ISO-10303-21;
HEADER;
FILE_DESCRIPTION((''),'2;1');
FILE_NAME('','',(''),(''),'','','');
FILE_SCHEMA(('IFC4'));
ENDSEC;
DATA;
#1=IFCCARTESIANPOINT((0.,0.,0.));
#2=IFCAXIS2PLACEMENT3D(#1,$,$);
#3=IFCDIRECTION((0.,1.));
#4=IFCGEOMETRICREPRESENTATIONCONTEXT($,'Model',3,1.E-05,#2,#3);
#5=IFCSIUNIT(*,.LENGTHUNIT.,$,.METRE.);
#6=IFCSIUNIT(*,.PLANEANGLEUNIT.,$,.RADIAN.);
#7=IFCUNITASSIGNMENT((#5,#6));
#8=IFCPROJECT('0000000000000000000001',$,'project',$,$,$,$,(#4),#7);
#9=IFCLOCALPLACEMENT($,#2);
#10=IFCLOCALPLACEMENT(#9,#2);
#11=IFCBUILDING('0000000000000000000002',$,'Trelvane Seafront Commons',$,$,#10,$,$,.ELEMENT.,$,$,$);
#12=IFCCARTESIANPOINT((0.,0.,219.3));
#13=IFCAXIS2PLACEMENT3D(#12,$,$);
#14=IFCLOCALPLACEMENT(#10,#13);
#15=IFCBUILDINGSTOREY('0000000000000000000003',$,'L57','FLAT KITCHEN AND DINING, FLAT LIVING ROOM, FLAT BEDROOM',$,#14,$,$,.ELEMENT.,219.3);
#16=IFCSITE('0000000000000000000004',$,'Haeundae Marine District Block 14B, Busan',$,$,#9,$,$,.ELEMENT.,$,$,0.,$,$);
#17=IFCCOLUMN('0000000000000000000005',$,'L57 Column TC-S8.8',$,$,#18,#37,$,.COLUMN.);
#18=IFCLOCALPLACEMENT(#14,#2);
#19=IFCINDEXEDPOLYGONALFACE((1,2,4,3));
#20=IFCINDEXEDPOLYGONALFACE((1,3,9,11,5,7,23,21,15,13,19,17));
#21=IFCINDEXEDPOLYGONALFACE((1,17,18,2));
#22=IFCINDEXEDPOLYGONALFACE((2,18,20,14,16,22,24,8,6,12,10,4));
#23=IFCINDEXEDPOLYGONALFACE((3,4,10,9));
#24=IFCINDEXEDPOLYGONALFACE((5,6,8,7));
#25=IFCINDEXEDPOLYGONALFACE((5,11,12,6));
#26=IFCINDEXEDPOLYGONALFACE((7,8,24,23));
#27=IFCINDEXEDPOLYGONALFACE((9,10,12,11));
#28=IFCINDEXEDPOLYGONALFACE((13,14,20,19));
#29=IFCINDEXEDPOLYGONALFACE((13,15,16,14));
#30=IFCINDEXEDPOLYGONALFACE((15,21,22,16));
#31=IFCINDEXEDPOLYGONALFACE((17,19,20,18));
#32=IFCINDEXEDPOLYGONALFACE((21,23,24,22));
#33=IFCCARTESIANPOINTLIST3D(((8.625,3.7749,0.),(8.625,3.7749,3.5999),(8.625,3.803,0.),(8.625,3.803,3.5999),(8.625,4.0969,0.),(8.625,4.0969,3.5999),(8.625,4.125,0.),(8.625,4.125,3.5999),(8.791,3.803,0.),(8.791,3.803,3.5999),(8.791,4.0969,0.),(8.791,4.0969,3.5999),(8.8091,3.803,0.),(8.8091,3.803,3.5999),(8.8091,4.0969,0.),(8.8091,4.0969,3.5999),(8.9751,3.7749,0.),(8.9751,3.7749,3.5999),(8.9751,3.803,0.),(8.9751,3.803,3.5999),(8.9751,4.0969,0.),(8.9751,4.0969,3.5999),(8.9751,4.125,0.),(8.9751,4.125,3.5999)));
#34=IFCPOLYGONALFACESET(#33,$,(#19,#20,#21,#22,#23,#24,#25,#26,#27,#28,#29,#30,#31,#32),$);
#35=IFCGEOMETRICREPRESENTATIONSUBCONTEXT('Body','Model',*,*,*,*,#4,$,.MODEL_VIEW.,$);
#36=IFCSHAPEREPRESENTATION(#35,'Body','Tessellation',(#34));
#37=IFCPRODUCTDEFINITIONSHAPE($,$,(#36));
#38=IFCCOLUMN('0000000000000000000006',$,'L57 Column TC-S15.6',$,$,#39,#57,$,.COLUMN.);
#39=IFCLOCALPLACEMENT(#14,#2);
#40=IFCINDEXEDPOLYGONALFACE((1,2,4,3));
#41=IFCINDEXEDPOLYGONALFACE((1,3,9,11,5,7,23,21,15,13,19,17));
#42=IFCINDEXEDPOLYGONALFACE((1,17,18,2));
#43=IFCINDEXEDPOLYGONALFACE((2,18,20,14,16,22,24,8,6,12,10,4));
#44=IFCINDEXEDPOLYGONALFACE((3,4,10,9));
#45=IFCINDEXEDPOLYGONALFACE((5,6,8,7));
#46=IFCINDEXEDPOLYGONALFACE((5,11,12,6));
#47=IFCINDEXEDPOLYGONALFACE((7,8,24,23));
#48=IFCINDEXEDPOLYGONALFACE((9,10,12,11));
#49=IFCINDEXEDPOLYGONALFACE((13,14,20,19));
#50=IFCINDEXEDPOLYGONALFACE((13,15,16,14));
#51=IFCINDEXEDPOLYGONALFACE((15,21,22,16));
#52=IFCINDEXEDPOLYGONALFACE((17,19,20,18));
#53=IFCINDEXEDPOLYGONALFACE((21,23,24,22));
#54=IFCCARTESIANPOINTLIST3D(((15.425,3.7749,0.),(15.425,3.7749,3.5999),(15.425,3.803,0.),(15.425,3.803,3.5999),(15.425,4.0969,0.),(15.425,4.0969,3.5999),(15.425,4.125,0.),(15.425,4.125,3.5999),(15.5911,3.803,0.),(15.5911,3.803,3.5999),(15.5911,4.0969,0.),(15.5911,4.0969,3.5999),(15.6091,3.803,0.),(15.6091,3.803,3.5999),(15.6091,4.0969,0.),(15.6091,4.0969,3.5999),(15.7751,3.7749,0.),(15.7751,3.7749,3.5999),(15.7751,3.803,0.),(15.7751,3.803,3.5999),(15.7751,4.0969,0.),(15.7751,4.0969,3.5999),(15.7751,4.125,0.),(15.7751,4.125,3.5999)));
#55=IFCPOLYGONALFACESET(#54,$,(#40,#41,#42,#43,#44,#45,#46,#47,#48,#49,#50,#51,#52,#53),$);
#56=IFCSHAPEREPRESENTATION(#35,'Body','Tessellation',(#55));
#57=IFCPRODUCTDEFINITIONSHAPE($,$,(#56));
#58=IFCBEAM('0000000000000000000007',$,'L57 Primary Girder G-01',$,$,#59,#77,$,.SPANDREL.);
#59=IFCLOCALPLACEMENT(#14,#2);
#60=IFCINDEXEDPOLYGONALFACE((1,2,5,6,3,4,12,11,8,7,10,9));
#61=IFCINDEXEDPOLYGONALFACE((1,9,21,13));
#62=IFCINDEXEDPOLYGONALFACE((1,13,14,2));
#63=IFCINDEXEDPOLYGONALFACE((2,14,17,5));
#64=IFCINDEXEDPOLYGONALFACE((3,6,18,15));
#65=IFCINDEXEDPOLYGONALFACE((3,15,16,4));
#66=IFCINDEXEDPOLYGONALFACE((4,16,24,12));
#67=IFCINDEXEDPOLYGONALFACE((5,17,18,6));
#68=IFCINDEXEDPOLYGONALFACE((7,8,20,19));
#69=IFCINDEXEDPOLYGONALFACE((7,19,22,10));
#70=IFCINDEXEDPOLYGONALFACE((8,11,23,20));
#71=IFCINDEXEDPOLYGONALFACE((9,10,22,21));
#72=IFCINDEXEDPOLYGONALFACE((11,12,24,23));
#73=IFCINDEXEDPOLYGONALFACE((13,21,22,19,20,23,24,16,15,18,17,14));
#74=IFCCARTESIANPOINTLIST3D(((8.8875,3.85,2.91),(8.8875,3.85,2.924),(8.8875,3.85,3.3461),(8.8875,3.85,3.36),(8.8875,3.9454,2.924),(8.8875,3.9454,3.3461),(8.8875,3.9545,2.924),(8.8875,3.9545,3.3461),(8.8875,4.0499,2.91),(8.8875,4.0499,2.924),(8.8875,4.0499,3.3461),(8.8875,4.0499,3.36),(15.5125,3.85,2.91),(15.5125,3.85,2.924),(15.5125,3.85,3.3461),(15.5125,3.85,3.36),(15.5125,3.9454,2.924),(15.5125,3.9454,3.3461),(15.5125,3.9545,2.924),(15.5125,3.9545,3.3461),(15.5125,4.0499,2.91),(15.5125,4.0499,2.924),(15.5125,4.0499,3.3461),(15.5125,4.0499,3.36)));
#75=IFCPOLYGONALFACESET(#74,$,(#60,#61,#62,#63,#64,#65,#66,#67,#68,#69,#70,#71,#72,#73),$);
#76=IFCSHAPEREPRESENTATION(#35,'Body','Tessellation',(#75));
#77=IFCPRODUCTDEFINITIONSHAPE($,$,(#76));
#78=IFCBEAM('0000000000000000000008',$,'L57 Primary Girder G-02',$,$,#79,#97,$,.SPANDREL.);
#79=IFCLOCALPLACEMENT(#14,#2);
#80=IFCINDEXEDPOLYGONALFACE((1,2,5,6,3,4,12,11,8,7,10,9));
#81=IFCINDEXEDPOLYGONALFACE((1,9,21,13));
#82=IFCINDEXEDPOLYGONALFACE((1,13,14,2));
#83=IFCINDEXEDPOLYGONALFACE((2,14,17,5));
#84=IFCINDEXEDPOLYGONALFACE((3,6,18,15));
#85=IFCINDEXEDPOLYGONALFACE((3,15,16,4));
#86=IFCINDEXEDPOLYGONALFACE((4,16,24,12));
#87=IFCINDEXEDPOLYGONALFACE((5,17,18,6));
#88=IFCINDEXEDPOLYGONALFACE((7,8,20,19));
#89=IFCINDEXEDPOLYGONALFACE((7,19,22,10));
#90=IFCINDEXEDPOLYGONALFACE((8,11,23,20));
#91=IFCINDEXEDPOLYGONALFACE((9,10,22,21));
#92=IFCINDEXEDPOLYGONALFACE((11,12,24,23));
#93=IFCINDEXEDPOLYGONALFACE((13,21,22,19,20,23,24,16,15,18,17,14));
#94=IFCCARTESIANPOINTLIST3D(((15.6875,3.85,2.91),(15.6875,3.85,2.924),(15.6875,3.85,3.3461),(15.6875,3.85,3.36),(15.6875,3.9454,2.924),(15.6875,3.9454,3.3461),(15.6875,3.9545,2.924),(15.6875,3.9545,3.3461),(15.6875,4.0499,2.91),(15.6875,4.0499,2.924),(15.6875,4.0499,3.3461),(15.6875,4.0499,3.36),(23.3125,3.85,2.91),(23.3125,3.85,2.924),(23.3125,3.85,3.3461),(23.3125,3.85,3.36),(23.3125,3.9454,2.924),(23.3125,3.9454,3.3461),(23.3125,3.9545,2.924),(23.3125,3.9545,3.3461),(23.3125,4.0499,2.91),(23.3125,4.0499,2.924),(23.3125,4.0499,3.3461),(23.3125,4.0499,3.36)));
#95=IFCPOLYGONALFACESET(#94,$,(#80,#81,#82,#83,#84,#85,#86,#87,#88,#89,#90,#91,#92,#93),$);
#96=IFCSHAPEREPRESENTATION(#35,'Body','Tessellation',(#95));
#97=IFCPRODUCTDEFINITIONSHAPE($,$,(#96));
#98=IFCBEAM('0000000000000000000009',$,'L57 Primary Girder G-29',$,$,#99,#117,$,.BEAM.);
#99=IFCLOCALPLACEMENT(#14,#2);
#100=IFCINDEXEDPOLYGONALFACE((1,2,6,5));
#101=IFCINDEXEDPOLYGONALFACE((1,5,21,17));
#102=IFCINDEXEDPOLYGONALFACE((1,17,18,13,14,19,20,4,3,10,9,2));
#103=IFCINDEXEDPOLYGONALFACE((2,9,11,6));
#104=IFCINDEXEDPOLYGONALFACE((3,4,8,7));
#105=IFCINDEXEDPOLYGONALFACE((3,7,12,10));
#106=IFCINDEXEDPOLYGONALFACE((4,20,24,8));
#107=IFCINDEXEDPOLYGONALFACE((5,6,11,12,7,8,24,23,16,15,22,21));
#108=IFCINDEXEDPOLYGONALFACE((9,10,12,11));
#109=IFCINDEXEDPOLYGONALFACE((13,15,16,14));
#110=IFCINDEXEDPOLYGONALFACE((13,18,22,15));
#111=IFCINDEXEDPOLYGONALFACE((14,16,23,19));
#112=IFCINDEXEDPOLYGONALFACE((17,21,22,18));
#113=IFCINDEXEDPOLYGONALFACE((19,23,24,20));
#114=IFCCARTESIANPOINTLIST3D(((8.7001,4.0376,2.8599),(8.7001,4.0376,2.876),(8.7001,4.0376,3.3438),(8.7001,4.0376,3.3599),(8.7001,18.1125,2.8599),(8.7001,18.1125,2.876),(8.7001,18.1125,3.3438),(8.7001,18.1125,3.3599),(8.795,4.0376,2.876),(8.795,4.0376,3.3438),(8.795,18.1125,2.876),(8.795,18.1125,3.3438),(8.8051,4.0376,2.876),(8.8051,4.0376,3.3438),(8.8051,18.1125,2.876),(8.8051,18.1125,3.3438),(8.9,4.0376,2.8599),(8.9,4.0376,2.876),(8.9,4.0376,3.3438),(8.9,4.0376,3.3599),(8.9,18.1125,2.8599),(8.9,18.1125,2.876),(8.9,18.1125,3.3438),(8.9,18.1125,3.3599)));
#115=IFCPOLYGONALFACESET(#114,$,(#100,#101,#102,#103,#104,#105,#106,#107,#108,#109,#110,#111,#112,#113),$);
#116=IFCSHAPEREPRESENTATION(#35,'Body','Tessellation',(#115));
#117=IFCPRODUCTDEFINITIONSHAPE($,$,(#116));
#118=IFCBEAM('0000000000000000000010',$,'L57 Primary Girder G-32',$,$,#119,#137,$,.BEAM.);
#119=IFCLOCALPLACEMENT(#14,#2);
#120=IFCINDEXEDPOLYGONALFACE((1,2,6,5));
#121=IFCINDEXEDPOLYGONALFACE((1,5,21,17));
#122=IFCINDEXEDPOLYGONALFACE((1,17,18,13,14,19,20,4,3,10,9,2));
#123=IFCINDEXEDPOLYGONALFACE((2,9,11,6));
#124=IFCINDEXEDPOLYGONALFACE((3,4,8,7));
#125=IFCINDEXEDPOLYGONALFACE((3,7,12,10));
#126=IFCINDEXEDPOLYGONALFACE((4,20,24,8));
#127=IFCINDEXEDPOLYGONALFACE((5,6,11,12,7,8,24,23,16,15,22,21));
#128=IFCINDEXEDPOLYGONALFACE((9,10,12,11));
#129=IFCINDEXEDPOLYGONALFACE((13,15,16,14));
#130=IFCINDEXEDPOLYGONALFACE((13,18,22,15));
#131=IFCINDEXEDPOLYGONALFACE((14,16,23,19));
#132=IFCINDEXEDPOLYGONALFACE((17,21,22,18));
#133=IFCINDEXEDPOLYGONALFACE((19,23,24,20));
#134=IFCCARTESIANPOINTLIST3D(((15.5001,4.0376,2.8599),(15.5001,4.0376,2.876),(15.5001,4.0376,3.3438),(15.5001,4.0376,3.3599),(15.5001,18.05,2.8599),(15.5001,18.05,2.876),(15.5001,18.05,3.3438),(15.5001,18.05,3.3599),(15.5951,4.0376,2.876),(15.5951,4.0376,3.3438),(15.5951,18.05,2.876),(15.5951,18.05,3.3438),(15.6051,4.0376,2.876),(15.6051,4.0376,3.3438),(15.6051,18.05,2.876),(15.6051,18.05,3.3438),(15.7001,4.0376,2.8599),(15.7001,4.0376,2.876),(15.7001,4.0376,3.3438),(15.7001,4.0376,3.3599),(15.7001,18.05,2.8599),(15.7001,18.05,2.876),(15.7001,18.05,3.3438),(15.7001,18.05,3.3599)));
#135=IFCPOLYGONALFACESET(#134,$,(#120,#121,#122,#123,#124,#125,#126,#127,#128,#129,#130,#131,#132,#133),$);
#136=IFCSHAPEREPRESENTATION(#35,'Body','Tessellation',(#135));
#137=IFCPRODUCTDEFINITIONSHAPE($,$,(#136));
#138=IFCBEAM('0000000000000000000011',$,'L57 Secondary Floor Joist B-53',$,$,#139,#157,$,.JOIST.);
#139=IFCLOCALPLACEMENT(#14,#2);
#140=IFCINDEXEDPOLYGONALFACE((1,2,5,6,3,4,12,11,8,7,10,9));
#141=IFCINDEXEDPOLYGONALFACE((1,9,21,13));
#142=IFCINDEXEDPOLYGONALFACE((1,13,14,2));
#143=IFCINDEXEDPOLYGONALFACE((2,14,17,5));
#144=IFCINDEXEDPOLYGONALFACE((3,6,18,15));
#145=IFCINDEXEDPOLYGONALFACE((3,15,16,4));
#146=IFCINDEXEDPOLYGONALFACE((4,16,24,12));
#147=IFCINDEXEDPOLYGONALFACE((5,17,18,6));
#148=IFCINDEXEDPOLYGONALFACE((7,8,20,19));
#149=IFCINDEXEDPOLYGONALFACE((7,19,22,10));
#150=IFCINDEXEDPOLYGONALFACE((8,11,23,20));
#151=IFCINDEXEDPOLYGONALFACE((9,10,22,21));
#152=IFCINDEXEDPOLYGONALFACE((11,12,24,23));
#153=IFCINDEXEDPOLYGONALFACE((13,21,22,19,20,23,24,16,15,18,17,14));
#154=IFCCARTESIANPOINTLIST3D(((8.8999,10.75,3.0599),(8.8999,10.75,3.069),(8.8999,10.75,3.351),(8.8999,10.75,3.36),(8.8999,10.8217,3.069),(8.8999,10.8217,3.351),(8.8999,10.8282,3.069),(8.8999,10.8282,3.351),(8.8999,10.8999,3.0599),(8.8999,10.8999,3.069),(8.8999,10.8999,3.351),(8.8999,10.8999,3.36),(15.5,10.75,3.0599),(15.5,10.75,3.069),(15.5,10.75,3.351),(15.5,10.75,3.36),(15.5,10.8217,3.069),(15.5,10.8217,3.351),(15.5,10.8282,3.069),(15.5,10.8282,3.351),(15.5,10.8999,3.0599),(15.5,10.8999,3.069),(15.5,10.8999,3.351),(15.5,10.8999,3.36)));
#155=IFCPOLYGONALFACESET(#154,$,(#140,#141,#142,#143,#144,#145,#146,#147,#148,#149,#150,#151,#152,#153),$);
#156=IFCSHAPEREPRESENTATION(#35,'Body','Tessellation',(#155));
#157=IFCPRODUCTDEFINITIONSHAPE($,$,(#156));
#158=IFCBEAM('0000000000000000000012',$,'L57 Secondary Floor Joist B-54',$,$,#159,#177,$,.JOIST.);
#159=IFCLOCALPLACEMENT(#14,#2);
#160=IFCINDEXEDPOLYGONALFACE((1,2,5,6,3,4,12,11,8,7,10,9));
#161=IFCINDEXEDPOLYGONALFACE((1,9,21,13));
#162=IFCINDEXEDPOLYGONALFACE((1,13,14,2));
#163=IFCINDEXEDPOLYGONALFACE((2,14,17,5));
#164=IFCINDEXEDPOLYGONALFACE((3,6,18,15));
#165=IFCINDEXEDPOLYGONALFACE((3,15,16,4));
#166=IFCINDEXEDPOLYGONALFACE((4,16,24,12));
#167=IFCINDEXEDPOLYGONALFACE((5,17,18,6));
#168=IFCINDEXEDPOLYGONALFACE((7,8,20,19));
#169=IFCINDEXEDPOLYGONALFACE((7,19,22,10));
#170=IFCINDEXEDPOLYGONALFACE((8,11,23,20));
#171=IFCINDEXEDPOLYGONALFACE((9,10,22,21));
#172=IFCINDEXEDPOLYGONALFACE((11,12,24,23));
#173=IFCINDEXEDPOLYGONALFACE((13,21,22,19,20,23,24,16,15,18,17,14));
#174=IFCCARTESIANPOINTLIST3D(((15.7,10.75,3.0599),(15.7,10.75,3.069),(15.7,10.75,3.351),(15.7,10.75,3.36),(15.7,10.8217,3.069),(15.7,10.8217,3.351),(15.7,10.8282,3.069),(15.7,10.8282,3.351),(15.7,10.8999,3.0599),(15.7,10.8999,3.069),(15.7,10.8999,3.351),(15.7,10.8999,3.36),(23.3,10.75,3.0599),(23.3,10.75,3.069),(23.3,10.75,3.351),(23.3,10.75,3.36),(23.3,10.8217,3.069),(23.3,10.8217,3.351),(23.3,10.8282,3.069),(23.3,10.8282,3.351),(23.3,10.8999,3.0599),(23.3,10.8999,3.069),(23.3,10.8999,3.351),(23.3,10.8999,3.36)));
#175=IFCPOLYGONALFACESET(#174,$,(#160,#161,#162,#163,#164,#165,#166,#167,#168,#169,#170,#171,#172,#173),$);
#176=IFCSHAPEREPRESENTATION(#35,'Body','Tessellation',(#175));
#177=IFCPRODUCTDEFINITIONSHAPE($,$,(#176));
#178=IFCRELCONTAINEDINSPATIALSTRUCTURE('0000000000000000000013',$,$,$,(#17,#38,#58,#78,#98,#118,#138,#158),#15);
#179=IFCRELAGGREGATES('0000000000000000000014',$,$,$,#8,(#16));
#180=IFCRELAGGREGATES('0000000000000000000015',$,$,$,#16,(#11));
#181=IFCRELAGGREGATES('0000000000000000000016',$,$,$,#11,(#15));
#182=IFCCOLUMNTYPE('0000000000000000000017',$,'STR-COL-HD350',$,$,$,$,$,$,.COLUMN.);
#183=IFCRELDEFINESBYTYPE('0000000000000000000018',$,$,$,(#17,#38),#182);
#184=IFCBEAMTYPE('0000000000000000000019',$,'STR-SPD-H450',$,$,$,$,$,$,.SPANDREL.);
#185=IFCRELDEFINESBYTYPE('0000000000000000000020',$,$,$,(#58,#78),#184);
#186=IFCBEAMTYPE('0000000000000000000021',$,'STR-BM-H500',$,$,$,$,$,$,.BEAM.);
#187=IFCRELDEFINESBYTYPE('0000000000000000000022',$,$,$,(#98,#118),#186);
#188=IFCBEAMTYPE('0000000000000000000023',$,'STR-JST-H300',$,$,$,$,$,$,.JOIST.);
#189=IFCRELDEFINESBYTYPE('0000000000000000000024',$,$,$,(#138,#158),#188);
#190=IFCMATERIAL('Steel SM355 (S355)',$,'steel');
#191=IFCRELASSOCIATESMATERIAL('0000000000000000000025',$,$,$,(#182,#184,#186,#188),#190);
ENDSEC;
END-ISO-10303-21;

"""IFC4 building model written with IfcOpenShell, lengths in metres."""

from ifc_helpers import new_model, si_unit, direction, frame, origin, origin_2d, place, context, subcontext, project, spatial, i_section, extrude, source, transform, mapped, material, material_profile, profile_set, type_object, element, save


model = new_model("IFC4")

# Units and contexts
model_context = context("Model", 3, precision=1e-05, world=origin(), true_north=direction((0.0, 1.0)))
body_context = subcontext(model_context, "Body", "Model", "MODEL_VIEW")
ifc_project = project(units=[si_unit("LENGTHUNIT", "METRE"), si_unit("PLANEANGLEUNIT", "RADIAN")], contexts=[model_context])

# Site, building, storey
site_placement = place(None, origin())
site = spatial("IfcSite", under=ifc_project, at=site_placement, Name="Haeundae Marine District Block 14B, Busan", CompositionType="ELEMENT", RefElevation=0.0)
building_placement = place(site_placement, origin())
building = spatial("IfcBuilding", under=site, at=building_placement, Name="Trelvane Seafront Commons", CompositionType="ELEMENT")
storey_placement = place(building_placement, frame((0.0, 0.0, 219.3)))
storey = spatial("IfcBuildingStorey", under=building, at=storey_placement, Name="L57", Description="FLAT KITCHEN AND DINING, FLAT LIVING ROOM, FLAT BEDROOM", CompositionType="ELEMENT", Elevation=219.3)

# Columns
ifc_material_1 = material(Name="Steel SM355 (S355)", Category="steel")
ifc_material_profile_1 = material_profile(ifc_material_1, i_section(OverallWidth=0.3501, OverallDepth=0.3501, WebThickness=0.0181, FlangeThickness=0.0281, at=origin_2d()), Name="HD-350x350x18x28")
ifc_profile_set_1 = profile_set([ifc_material_profile_1], Name="Steel SM355 (S355)")
column_type = type_object("IfcColumnType", Name="STR-COL-HD350", PredefinedType="COLUMN", material=ifc_profile_set_1)
shared_shape_1 = source(origin(), body_context, "Body", "SweptSolid", [
    extrude(i_section(OverallWidth=0.3501, OverallDepth=0.3501, WebThickness=0.0181, FlangeThickness=0.0281, at=origin_2d()), origin(), (0.0, 0.0, 1.0), 3.5999),
])
for number, where, z_axis, x_axis, name in (
    (1, (8.8, 3.95, 0.0), (0.0, 0.0, 1.0), (1.0, 0.0, 0.0), "L57 Column TC-S8.8"),
    (2, (15.6001, 3.95, 0.0), (0.0, 0.0, 1.0), (1.0, 0.0, 0.0), "L57 Column TC-S15.6"),
):
    element("IfcColumn", number, at=place(storey_placement, frame(where, z_axis=z_axis, x_axis=x_axis)), inside=storey, type_object=column_type, Name=name, PredefinedType="COLUMN", context=body_context, shape_type="MappedRepresentation", body=[
        mapped(shared_shape_1, transform((0.0, 0.0, 0.0), x_axis=(1.0, 0.0, 0.0), y_axis=(0.0, 1.0, 0.0), z_axis=(0.0, 0.0, 1.0), scale=1.0)),
    ])

# Beams
ifc_material_profile_2 = material_profile(ifc_material_1, i_section(OverallWidth=0.2, OverallDepth=0.45, WebThickness=0.009, FlangeThickness=0.0139, at=origin_2d()), Name="H-450x200x9x14")
ifc_profile_set_2 = profile_set([ifc_material_profile_2], Name="Steel SM355 (S355)")
beam_type_1 = type_object("IfcBeamType", Name="STR-SPD-H450", PredefinedType="SPANDREL", material=ifc_profile_set_2)
shared_shape_2 = source(origin(), body_context, "Body", "SweptSolid", [
    extrude(i_section(OverallWidth=0.2, OverallDepth=0.45, WebThickness=0.009, FlangeThickness=0.0139, at=origin_2d()), origin(), (0.0, 0.0, 1.0), 6.625),
])
beam_1_placement = place(storey_placement, frame((8.8875, 3.95, 3.135), z_axis=(1.0, 0.0, 0.0), x_axis=(0.0, 1.0, 0.0)))
element("IfcBeam", 3, at=beam_1_placement, inside=storey, type_object=beam_type_1, Name="L57 Primary Girder G-01", PredefinedType="SPANDREL", context=body_context, shape_type="MappedRepresentation", body=[
    mapped(shared_shape_2, transform((0.0, 0.0, 0.0), x_axis=(1.0, 0.0, 0.0), y_axis=(0.0, 1.0, 0.0), z_axis=(0.0, 0.0, 1.0), scale=1.0)),
])
shared_shape_3 = source(origin(), body_context, "Body", "SweptSolid", [
    extrude(i_section(OverallWidth=0.2, OverallDepth=0.45, WebThickness=0.009, FlangeThickness=0.0139, at=origin_2d()), origin(), (0.0, 0.0, 1.0), 7.625),
])
beam_2_placement = place(storey_placement, frame((15.6875, 3.95, 3.135), z_axis=(1.0, 0.0, 0.0), x_axis=(0.0, 1.0, 0.0)))
element("IfcBeam", 4, at=beam_2_placement, inside=storey, type_object=beam_type_1, Name="L57 Primary Girder G-02", PredefinedType="SPANDREL", context=body_context, shape_type="MappedRepresentation", body=[
    mapped(shared_shape_3, transform((0.0, 0.0, 0.0), x_axis=(1.0, 0.0, 0.0), y_axis=(0.0, 1.0, 0.0), z_axis=(0.0, 0.0, 1.0), scale=1.0)),
])
ifc_material_profile_3 = material_profile(ifc_material_1, i_section(OverallWidth=0.2, OverallDepth=0.5, WebThickness=0.01, FlangeThickness=0.0161, at=origin_2d()), Name="H-500x200x10x16")
ifc_profile_set_3 = profile_set([ifc_material_profile_3], Name="Steel SM355 (S355)")
beam_type_2 = type_object("IfcBeamType", Name="STR-BM-H500", PredefinedType="BEAM", material=ifc_profile_set_3)
shared_shape_4 = source(origin(), body_context, "Body", "SweptSolid", [
    extrude(i_section(OverallWidth=0.2, OverallDepth=0.5, WebThickness=0.01, FlangeThickness=0.0161, at=origin_2d()), origin(), (0.0, 0.0, 1.0), 14.075),
])
beam_3_placement = place(storey_placement, frame((8.8, 4.0376, 3.1099), z_axis=(0.0, 1.0, 0.0), x_axis=(-1.0, 0.0, 0.0)))
element("IfcBeam", 5, at=beam_3_placement, inside=storey, type_object=beam_type_2, Name="L57 Primary Girder G-29", PredefinedType="BEAM", context=body_context, shape_type="MappedRepresentation", body=[
    mapped(shared_shape_4, transform((0.0, 0.0, 0.0), x_axis=(1.0, 0.0, 0.0), y_axis=(0.0, 1.0, 0.0), z_axis=(0.0, 0.0, 1.0), scale=1.0)),
])
shared_shape_5 = source(origin(), body_context, "Body", "SweptSolid", [
    extrude(i_section(OverallWidth=0.2, OverallDepth=0.5, WebThickness=0.01, FlangeThickness=0.0161, at=origin_2d()), origin(), (0.0, 0.0, 1.0), 14.0125),
])
beam_4_placement = place(storey_placement, frame((15.6001, 4.0376, 3.1099), z_axis=(0.0, 1.0, 0.0), x_axis=(-1.0, 0.0, 0.0)))
element("IfcBeam", 6, at=beam_4_placement, inside=storey, type_object=beam_type_2, Name="L57 Primary Girder G-32", PredefinedType="BEAM", context=body_context, shape_type="MappedRepresentation", body=[
    mapped(shared_shape_5, transform((0.0, 0.0, 0.0), x_axis=(1.0, 0.0, 0.0), y_axis=(0.0, 1.0, 0.0), z_axis=(0.0, 0.0, 1.0), scale=1.0)),
])
ifc_material_profile_4 = material_profile(ifc_material_1, i_section(OverallWidth=0.1499, OverallDepth=0.3, WebThickness=0.0066, FlangeThickness=0.009, at=origin_2d()), Name="H-300x150x6.5x9")
ifc_profile_set_4 = profile_set([ifc_material_profile_4], Name="Steel SM355 (S355)")
beam_type_3 = type_object("IfcBeamType", Name="STR-JST-H300", PredefinedType="JOIST", material=ifc_profile_set_4)
shared_shape_6 = source(origin(), body_context, "Body", "SweptSolid", [
    extrude(i_section(OverallWidth=0.1499, OverallDepth=0.3, WebThickness=0.0066, FlangeThickness=0.009, at=origin_2d()), origin(), (0.0, 0.0, 1.0), 6.6001),
])
beam_5_placement = place(storey_placement, frame((8.8999, 10.825, 3.21), z_axis=(1.0, 0.0, 0.0), x_axis=(0.0, 1.0, 0.0)))
element("IfcBeam", 7, at=beam_5_placement, inside=storey, type_object=beam_type_3, Name="L57 Secondary Floor Joist B-53", PredefinedType="JOIST", context=body_context, shape_type="MappedRepresentation", body=[
    mapped(shared_shape_6, transform((0.0, 0.0, 0.0), x_axis=(1.0, 0.0, 0.0), y_axis=(0.0, 1.0, 0.0), z_axis=(0.0, 0.0, 1.0), scale=1.0)),
])
shared_shape_7 = source(origin(), body_context, "Body", "SweptSolid", [
    extrude(i_section(OverallWidth=0.1499, OverallDepth=0.3, WebThickness=0.0066, FlangeThickness=0.009, at=origin_2d()), origin(), (0.0, 0.0, 1.0), 7.6001),
])
beam_6_placement = place(storey_placement, frame((15.7, 10.825, 3.21), z_axis=(1.0, 0.0, 0.0), x_axis=(0.0, 1.0, 0.0)))
element("IfcBeam", 8, at=beam_6_placement, inside=storey, type_object=beam_type_3, Name="L57 Secondary Floor Joist B-54", PredefinedType="JOIST", context=body_context, shape_type="MappedRepresentation", body=[
    mapped(shared_shape_7, transform((0.0, 0.0, 0.0), x_axis=(1.0, 0.0, 0.0), y_axis=(0.0, 1.0, 0.0), z_axis=(0.0, 0.0, 1.0), scale=1.0)),
])

save(model, "model.ifc")
